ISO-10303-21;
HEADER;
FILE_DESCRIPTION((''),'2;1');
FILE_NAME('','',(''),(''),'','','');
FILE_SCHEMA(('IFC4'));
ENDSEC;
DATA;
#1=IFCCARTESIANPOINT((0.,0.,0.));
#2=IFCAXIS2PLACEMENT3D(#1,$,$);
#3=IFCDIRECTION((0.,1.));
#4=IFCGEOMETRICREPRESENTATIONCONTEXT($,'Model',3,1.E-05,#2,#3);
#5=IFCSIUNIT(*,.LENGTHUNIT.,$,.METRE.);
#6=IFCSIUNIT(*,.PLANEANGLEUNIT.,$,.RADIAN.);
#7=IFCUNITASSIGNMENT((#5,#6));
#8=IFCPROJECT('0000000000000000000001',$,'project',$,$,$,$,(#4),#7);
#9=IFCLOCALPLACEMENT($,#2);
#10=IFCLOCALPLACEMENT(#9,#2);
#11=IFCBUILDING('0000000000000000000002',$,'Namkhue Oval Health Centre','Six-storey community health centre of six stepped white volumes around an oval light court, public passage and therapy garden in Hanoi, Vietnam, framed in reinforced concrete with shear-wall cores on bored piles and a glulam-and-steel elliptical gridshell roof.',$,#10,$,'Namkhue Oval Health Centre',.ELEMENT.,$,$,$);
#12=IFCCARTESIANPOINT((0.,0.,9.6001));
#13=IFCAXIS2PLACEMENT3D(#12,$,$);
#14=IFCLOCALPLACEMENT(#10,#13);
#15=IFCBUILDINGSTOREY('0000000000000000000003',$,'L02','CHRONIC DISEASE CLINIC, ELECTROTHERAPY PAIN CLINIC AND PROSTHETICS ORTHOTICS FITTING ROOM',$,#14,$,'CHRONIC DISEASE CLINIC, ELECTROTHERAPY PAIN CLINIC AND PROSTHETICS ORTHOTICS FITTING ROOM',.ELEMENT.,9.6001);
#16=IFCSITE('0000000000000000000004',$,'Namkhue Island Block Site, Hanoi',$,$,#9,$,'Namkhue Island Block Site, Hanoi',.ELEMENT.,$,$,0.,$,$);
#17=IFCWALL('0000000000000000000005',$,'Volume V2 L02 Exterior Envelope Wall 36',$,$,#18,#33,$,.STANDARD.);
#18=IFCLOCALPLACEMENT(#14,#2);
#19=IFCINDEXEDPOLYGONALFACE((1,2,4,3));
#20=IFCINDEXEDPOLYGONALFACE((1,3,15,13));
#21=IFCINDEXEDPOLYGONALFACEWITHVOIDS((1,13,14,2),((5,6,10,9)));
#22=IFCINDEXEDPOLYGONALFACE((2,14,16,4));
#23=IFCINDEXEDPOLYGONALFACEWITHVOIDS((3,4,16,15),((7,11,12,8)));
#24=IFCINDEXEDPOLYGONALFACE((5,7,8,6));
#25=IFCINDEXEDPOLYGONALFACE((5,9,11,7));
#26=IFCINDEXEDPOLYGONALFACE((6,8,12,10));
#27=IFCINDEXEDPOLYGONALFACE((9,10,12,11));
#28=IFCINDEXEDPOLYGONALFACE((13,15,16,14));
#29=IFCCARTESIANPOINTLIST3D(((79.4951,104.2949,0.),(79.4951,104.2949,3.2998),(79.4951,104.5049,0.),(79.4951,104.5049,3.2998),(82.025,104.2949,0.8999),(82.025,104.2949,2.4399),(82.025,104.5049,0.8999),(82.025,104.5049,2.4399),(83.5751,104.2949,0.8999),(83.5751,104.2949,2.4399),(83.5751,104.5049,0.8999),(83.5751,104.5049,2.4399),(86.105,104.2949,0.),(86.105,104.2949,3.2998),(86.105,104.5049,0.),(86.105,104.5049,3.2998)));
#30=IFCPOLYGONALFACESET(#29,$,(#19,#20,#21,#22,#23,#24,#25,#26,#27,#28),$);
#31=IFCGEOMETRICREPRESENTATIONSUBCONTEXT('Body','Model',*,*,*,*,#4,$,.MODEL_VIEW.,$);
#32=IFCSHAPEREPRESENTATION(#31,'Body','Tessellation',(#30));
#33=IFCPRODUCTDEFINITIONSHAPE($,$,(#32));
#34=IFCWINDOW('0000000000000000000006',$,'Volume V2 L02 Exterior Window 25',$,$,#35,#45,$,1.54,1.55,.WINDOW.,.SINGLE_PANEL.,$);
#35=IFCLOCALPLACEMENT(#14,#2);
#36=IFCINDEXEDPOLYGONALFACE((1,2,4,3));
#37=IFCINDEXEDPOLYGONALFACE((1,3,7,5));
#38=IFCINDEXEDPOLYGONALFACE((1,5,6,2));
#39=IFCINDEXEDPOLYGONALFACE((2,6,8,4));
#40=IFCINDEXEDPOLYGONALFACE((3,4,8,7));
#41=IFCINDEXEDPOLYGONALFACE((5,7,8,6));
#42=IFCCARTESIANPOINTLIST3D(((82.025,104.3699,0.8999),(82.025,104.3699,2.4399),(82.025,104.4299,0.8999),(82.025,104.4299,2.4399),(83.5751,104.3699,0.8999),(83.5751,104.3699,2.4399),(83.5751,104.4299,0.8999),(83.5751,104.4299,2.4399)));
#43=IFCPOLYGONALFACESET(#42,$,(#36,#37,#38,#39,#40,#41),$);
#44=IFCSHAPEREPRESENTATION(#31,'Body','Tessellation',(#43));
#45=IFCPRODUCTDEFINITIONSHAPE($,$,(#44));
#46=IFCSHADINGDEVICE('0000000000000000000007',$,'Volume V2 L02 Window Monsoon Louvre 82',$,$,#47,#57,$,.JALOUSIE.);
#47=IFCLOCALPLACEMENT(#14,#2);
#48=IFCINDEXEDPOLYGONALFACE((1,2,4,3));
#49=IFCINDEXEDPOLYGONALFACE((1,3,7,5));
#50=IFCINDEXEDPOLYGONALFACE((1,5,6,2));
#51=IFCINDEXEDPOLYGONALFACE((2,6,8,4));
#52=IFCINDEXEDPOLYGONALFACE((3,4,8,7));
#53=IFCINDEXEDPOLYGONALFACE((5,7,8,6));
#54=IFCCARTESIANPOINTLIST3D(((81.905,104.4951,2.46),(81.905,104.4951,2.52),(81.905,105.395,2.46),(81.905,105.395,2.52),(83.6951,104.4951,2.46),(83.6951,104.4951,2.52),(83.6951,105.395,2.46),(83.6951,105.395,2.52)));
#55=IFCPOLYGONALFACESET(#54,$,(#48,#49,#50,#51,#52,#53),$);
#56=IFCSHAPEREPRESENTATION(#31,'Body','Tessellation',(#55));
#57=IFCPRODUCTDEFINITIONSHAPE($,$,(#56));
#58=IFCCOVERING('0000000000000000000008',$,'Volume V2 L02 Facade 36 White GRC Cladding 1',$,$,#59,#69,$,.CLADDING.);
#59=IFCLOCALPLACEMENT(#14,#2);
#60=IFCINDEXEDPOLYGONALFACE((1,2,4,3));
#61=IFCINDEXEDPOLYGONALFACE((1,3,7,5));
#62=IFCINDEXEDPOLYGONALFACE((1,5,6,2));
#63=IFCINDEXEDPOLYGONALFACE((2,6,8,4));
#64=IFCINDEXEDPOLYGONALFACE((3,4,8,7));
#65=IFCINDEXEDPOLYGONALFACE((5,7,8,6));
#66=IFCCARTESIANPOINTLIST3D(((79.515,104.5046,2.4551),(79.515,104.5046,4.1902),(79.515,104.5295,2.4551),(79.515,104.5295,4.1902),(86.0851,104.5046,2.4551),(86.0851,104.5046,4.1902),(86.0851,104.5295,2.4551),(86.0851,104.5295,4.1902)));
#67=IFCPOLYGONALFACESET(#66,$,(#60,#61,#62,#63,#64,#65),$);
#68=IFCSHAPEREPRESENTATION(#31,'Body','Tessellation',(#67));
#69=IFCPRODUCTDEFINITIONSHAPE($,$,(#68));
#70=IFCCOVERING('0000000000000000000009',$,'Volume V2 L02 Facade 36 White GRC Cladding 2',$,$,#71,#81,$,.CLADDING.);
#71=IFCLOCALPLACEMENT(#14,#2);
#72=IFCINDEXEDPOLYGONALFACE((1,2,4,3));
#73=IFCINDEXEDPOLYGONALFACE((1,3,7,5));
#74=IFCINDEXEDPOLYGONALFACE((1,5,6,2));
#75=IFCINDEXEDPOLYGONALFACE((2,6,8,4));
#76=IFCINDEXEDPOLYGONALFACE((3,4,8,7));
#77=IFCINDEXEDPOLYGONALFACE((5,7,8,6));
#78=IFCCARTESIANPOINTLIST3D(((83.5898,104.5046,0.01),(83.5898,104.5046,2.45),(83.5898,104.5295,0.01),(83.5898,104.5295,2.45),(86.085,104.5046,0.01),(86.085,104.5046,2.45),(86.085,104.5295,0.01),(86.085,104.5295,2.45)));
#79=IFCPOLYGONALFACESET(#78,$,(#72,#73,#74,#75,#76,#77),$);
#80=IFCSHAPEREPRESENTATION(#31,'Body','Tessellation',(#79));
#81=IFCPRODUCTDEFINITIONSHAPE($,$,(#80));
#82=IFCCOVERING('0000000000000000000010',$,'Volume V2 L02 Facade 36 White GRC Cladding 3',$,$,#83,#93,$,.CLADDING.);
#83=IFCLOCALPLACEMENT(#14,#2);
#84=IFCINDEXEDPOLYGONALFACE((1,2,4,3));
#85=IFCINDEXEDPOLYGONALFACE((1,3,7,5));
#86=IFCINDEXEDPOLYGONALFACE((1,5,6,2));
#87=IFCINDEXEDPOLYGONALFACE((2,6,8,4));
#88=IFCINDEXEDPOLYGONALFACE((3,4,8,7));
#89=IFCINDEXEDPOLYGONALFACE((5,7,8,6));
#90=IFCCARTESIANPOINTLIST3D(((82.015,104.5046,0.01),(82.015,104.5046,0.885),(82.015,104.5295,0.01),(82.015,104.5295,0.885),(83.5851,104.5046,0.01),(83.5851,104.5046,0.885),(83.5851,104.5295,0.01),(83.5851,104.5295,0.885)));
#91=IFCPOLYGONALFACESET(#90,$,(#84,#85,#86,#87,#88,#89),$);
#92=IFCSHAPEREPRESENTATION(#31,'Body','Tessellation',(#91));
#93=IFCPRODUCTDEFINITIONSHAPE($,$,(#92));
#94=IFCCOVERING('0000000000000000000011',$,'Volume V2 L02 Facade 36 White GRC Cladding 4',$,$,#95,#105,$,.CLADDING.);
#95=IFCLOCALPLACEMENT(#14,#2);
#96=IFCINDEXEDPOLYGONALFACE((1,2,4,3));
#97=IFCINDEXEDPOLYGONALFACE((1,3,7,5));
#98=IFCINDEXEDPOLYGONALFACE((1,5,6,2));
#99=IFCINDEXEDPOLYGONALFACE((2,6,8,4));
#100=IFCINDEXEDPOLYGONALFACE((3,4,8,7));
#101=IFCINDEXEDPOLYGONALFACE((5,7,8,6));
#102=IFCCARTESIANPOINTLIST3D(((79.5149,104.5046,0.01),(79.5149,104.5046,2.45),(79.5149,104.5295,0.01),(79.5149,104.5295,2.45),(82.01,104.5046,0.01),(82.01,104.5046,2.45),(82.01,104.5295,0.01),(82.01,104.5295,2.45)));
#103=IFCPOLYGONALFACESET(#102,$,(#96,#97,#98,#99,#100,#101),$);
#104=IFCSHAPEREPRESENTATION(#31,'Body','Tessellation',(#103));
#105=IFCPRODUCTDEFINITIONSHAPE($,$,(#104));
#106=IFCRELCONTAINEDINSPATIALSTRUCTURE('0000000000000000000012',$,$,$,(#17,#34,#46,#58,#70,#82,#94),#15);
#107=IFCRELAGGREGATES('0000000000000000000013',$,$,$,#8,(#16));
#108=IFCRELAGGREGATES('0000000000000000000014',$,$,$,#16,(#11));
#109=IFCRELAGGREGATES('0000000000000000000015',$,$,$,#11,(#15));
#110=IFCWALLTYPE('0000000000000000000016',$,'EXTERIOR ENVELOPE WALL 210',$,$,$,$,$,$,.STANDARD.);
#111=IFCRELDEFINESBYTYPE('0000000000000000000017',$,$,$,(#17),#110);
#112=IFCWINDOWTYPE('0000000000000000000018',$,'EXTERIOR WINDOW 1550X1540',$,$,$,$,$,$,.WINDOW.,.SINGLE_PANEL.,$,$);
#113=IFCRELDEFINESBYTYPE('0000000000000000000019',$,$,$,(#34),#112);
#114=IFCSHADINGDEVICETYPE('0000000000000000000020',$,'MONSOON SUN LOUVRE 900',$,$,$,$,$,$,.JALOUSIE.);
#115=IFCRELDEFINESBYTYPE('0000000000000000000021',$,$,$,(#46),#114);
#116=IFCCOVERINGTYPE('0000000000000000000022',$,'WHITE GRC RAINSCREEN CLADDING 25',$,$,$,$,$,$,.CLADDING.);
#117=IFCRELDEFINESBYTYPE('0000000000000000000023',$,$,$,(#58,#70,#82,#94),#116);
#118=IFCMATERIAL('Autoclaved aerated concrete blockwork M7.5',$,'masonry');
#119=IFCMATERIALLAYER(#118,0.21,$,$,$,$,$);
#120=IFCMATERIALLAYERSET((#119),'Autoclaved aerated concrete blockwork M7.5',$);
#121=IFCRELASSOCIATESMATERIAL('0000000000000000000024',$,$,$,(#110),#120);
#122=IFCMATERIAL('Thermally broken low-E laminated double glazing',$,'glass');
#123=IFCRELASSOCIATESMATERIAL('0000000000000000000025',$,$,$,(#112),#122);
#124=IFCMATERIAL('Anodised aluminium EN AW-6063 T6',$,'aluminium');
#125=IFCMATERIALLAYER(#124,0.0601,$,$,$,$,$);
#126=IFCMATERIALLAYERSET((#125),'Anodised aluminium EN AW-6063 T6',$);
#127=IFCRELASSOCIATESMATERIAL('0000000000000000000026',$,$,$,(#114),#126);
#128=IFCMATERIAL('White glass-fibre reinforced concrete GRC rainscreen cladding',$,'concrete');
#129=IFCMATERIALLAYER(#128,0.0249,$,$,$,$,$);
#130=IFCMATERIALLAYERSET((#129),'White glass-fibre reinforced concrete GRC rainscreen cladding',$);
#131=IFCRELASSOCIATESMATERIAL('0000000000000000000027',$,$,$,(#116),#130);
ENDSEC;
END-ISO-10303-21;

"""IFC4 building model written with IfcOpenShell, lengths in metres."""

from ifc_helpers import new_model, si_unit, direction, frame, frame_2d, origin, origin_2d, place, context, subcontext, project, spatial, rectangle, extrude, material, layer, layer_set, type_object, element, fill, save


model = new_model("IFC4")

# Units and contexts
model_context = context("Model", 3, precision=1e-05, world=origin(), true_north=direction((0.0, 1.0)))
body_context = subcontext(model_context, "Body", "Model", "MODEL_VIEW")
ifc_project = project(units=[si_unit("LENGTHUNIT", "METRE"), si_unit("PLANEANGLEUNIT", "RADIAN")], contexts=[model_context])

# Site, building, storey
site_placement = place(None, origin())
site = spatial("IfcSite", under=ifc_project, at=site_placement, Name="Namkhue Island Block Site, Hanoi", LongName="Namkhue Island Block Site, Hanoi", CompositionType="ELEMENT", RefElevation=0.0)
building_placement = place(site_placement, origin())
building = spatial("IfcBuilding", under=site, at=building_placement, Name="Namkhue Oval Health Centre", Description="Six-storey community health centre of six stepped white volumes around an oval light court, public passage and therapy garden in Hanoi, Vietnam, framed in reinforced concrete with shear-wall cores on bored piles and a glulam-and-steel elliptical gridshell roof.", LongName="Namkhue Oval Health Centre", CompositionType="ELEMENT")
storey_placement = place(building_placement, frame((0.0, 0.0, 9.6001)))
storey = spatial("IfcBuildingStorey", under=building, at=storey_placement, Name="L02", Description="CHRONIC DISEASE CLINIC, ELECTROTHERAPY PAIN CLINIC AND PROSTHETICS ORTHOTICS FITTING ROOM", LongName="CHRONIC DISEASE CLINIC, ELECTROTHERAPY PAIN CLINIC AND PROSTHETICS ORTHOTICS FITTING ROOM", CompositionType="ELEMENT", Elevation=9.6001)

# Shared definitions
ifc_material_1 = material(Name="Anodised aluminium EN AW-6063 T6", Category="aluminium")

# Shared definitions
ifc_material_2 = material(Name="Thermally broken low-E laminated double glazing", Category="glass")

# Wall, opening, window
ifc_material_3 = material(Name="Autoclaved aerated concrete blockwork M7.5", Category="masonry")
ifc_layer_1 = layer(ifc_material_3, 0.21)
ifc_layer_set_1 = layer_set([ifc_layer_1], Name="Autoclaved aerated concrete blockwork M7.5")
wall_type = type_object("IfcWallType", Name="EXTERIOR ENVELOPE WALL 210", PredefinedType="STANDARD", material=ifc_layer_set_1)
wall_placement = place(storey_placement, frame((86.105, 104.3999, 0.0), z_axis=(0.0, 0.0, 1.0), x_axis=(-1.0, 0.0, 0.0)))
wall = element("IfcWall", 1, at=wall_placement, inside=storey, type_object=wall_type, Name="Volume V2 L02 Exterior Envelope Wall 36", PredefinedType="STANDARD", context=body_context, shape_type="SweptSolid", body=[
    extrude(rectangle(XDim=6.6099, YDim=0.21, at=frame_2d((3.3049, 0.0))), origin(), (0.0, 0.0, 1.0), 3.2998),
])
opening_placement = place(wall_placement, frame((2.53, 0.0, 0.8999)))
opening = element("IfcOpeningElement", 2, at=opening_placement, cuts=wall, PredefinedType="OPENING", context=body_context, shape_type="SweptSolid", body=[
    extrude(rectangle(XDim=1.55, YDim=1.54, at=frame_2d((0.7749, 0.77))), frame((0.0, 0.115, 0.0), z_axis=(0.0, -1.0, 0.0), x_axis=(1.0, 0.0, 0.0)), (0.0, 0.0, 1.0), 0.23),
])
window_type = type_object("IfcWindowType", Name="EXTERIOR WINDOW 1550X1540", PartitioningType="SINGLE_PANEL", PredefinedType="WINDOW", material=ifc_material_2)
window_placement = place(opening_placement, origin())
window = element("IfcWindow", 3, at=window_placement, inside=storey, type_object=window_type, Name="Volume V2 L02 Exterior Window 25", OverallHeight=1.54, OverallWidth=1.55, PartitioningType="SINGLE_PANEL", PredefinedType="WINDOW", context=body_context, shape_type="SweptSolid", body=[
    extrude(rectangle(XDim=1.55, YDim=1.54, at=frame_2d((0.7749, 0.77))), frame((0.0, 0.03, 0.0), z_axis=(0.0, -1.0, 0.0), x_axis=(1.0, 0.0, 0.0)), (0.0, 0.0, 1.0), 0.0601),
])
fill(opening, window)

# Shading device
ifc_layer_2 = layer(ifc_material_1, 0.0601)
ifc_layer_set_2 = layer_set([ifc_layer_2], Name="Anodised aluminium EN AW-6063 T6")
shading_device_type = type_object("IfcShadingDeviceType", Name="MONSOON SUN LOUVRE 900", PredefinedType="JALOUSIE", material=ifc_layer_set_2)
shading_device_placement = place(storey_placement, frame((82.8, 104.9451, 2.46), z_axis=(0.0, 0.0, 1.0), x_axis=(-1.0, 0.0, 0.0)))
element("IfcShadingDevice", 4, at=shading_device_placement, inside=storey, type_object=shading_device_type, Name="Volume V2 L02 Window Monsoon Louvre 82", PredefinedType="JALOUSIE", context=body_context, shape_type="SweptSolid", body=[
    extrude(rectangle(XDim=1.79, YDim=0.8999, at=origin_2d()), origin(), (0.0, 0.0, 1.0), 0.0601),
])

# Coverings
ifc_material_4 = material(Name="White glass-fibre reinforced concrete GRC rainscreen cladding", Category="concrete")
ifc_layer_3 = layer(ifc_material_4, 0.0249)
ifc_layer_set_3 = layer_set([ifc_layer_3], Name="White glass-fibre reinforced concrete GRC rainscreen cladding")
covering_type = type_object("IfcCoveringType", Name="WHITE GRC RAINSCREEN CLADDING 25", PredefinedType="CLADDING", material=ifc_layer_set_3)
covering_1_placement = place(storey_placement, frame((82.8, 104.5171, 2.4551), z_axis=(0.0, 0.0, 1.0), x_axis=(-1.0, 0.0, 0.0)))
element("IfcCovering", 5, at=covering_1_placement, inside=storey, type_object=covering_type, Name="Volume V2 L02 Facade 36 White GRC Cladding 1", PredefinedType="CLADDING", context=body_context, shape_type="SweptSolid", body=[
    extrude(rectangle(XDim=6.5701, YDim=0.0249, at=origin_2d()), origin(), (0.0, 0.0, 1.0), 1.7351),
])
covering_2_placement = place(storey_placement, frame((84.8374, 104.5171, 0.01), z_axis=(0.0, 0.0, 1.0), x_axis=(-1.0, 0.0, 0.0)))
element("IfcCovering", 6, at=covering_2_placement, inside=storey, type_object=covering_type, Name="Volume V2 L02 Facade 36 White GRC Cladding 2", PredefinedType="CLADDING", context=body_context, shape_type="SweptSolid", body=[
    extrude(rectangle(XDim=2.4951, YDim=0.0249, at=origin_2d()), origin(), (0.0, 0.0, 1.0), 2.4399),
])
covering_3_placement = place(storey_placement, frame((82.8, 104.5171, 0.01), z_axis=(0.0, 0.0, 1.0), x_axis=(-1.0, 0.0, 0.0)))
element("IfcCovering", 7, at=covering_3_placement, inside=storey, type_object=covering_type, Name="Volume V2 L02 Facade 36 White GRC Cladding 3", PredefinedType="CLADDING", context=body_context, shape_type="SweptSolid", body=[
    extrude(rectangle(XDim=1.5701, YDim=0.0249, at=origin_2d()), origin(), (0.0, 0.0, 1.0), 0.875),
])
covering_4_placement = place(storey_placement, frame((80.7625, 104.5171, 0.01), z_axis=(0.0, 0.0, 1.0), x_axis=(-1.0, 0.0, 0.0)))
element("IfcCovering", 8, at=covering_4_placement, inside=storey, type_object=covering_type, Name="Volume V2 L02 Facade 36 White GRC Cladding 4", PredefinedType="CLADDING", context=body_context, shape_type="SweptSolid", body=[
    extrude(rectangle(XDim=2.4951, YDim=0.0249, at=origin_2d()), origin(), (0.0, 0.0, 1.0), 2.4399),
])

save(model, "model.ifc")
